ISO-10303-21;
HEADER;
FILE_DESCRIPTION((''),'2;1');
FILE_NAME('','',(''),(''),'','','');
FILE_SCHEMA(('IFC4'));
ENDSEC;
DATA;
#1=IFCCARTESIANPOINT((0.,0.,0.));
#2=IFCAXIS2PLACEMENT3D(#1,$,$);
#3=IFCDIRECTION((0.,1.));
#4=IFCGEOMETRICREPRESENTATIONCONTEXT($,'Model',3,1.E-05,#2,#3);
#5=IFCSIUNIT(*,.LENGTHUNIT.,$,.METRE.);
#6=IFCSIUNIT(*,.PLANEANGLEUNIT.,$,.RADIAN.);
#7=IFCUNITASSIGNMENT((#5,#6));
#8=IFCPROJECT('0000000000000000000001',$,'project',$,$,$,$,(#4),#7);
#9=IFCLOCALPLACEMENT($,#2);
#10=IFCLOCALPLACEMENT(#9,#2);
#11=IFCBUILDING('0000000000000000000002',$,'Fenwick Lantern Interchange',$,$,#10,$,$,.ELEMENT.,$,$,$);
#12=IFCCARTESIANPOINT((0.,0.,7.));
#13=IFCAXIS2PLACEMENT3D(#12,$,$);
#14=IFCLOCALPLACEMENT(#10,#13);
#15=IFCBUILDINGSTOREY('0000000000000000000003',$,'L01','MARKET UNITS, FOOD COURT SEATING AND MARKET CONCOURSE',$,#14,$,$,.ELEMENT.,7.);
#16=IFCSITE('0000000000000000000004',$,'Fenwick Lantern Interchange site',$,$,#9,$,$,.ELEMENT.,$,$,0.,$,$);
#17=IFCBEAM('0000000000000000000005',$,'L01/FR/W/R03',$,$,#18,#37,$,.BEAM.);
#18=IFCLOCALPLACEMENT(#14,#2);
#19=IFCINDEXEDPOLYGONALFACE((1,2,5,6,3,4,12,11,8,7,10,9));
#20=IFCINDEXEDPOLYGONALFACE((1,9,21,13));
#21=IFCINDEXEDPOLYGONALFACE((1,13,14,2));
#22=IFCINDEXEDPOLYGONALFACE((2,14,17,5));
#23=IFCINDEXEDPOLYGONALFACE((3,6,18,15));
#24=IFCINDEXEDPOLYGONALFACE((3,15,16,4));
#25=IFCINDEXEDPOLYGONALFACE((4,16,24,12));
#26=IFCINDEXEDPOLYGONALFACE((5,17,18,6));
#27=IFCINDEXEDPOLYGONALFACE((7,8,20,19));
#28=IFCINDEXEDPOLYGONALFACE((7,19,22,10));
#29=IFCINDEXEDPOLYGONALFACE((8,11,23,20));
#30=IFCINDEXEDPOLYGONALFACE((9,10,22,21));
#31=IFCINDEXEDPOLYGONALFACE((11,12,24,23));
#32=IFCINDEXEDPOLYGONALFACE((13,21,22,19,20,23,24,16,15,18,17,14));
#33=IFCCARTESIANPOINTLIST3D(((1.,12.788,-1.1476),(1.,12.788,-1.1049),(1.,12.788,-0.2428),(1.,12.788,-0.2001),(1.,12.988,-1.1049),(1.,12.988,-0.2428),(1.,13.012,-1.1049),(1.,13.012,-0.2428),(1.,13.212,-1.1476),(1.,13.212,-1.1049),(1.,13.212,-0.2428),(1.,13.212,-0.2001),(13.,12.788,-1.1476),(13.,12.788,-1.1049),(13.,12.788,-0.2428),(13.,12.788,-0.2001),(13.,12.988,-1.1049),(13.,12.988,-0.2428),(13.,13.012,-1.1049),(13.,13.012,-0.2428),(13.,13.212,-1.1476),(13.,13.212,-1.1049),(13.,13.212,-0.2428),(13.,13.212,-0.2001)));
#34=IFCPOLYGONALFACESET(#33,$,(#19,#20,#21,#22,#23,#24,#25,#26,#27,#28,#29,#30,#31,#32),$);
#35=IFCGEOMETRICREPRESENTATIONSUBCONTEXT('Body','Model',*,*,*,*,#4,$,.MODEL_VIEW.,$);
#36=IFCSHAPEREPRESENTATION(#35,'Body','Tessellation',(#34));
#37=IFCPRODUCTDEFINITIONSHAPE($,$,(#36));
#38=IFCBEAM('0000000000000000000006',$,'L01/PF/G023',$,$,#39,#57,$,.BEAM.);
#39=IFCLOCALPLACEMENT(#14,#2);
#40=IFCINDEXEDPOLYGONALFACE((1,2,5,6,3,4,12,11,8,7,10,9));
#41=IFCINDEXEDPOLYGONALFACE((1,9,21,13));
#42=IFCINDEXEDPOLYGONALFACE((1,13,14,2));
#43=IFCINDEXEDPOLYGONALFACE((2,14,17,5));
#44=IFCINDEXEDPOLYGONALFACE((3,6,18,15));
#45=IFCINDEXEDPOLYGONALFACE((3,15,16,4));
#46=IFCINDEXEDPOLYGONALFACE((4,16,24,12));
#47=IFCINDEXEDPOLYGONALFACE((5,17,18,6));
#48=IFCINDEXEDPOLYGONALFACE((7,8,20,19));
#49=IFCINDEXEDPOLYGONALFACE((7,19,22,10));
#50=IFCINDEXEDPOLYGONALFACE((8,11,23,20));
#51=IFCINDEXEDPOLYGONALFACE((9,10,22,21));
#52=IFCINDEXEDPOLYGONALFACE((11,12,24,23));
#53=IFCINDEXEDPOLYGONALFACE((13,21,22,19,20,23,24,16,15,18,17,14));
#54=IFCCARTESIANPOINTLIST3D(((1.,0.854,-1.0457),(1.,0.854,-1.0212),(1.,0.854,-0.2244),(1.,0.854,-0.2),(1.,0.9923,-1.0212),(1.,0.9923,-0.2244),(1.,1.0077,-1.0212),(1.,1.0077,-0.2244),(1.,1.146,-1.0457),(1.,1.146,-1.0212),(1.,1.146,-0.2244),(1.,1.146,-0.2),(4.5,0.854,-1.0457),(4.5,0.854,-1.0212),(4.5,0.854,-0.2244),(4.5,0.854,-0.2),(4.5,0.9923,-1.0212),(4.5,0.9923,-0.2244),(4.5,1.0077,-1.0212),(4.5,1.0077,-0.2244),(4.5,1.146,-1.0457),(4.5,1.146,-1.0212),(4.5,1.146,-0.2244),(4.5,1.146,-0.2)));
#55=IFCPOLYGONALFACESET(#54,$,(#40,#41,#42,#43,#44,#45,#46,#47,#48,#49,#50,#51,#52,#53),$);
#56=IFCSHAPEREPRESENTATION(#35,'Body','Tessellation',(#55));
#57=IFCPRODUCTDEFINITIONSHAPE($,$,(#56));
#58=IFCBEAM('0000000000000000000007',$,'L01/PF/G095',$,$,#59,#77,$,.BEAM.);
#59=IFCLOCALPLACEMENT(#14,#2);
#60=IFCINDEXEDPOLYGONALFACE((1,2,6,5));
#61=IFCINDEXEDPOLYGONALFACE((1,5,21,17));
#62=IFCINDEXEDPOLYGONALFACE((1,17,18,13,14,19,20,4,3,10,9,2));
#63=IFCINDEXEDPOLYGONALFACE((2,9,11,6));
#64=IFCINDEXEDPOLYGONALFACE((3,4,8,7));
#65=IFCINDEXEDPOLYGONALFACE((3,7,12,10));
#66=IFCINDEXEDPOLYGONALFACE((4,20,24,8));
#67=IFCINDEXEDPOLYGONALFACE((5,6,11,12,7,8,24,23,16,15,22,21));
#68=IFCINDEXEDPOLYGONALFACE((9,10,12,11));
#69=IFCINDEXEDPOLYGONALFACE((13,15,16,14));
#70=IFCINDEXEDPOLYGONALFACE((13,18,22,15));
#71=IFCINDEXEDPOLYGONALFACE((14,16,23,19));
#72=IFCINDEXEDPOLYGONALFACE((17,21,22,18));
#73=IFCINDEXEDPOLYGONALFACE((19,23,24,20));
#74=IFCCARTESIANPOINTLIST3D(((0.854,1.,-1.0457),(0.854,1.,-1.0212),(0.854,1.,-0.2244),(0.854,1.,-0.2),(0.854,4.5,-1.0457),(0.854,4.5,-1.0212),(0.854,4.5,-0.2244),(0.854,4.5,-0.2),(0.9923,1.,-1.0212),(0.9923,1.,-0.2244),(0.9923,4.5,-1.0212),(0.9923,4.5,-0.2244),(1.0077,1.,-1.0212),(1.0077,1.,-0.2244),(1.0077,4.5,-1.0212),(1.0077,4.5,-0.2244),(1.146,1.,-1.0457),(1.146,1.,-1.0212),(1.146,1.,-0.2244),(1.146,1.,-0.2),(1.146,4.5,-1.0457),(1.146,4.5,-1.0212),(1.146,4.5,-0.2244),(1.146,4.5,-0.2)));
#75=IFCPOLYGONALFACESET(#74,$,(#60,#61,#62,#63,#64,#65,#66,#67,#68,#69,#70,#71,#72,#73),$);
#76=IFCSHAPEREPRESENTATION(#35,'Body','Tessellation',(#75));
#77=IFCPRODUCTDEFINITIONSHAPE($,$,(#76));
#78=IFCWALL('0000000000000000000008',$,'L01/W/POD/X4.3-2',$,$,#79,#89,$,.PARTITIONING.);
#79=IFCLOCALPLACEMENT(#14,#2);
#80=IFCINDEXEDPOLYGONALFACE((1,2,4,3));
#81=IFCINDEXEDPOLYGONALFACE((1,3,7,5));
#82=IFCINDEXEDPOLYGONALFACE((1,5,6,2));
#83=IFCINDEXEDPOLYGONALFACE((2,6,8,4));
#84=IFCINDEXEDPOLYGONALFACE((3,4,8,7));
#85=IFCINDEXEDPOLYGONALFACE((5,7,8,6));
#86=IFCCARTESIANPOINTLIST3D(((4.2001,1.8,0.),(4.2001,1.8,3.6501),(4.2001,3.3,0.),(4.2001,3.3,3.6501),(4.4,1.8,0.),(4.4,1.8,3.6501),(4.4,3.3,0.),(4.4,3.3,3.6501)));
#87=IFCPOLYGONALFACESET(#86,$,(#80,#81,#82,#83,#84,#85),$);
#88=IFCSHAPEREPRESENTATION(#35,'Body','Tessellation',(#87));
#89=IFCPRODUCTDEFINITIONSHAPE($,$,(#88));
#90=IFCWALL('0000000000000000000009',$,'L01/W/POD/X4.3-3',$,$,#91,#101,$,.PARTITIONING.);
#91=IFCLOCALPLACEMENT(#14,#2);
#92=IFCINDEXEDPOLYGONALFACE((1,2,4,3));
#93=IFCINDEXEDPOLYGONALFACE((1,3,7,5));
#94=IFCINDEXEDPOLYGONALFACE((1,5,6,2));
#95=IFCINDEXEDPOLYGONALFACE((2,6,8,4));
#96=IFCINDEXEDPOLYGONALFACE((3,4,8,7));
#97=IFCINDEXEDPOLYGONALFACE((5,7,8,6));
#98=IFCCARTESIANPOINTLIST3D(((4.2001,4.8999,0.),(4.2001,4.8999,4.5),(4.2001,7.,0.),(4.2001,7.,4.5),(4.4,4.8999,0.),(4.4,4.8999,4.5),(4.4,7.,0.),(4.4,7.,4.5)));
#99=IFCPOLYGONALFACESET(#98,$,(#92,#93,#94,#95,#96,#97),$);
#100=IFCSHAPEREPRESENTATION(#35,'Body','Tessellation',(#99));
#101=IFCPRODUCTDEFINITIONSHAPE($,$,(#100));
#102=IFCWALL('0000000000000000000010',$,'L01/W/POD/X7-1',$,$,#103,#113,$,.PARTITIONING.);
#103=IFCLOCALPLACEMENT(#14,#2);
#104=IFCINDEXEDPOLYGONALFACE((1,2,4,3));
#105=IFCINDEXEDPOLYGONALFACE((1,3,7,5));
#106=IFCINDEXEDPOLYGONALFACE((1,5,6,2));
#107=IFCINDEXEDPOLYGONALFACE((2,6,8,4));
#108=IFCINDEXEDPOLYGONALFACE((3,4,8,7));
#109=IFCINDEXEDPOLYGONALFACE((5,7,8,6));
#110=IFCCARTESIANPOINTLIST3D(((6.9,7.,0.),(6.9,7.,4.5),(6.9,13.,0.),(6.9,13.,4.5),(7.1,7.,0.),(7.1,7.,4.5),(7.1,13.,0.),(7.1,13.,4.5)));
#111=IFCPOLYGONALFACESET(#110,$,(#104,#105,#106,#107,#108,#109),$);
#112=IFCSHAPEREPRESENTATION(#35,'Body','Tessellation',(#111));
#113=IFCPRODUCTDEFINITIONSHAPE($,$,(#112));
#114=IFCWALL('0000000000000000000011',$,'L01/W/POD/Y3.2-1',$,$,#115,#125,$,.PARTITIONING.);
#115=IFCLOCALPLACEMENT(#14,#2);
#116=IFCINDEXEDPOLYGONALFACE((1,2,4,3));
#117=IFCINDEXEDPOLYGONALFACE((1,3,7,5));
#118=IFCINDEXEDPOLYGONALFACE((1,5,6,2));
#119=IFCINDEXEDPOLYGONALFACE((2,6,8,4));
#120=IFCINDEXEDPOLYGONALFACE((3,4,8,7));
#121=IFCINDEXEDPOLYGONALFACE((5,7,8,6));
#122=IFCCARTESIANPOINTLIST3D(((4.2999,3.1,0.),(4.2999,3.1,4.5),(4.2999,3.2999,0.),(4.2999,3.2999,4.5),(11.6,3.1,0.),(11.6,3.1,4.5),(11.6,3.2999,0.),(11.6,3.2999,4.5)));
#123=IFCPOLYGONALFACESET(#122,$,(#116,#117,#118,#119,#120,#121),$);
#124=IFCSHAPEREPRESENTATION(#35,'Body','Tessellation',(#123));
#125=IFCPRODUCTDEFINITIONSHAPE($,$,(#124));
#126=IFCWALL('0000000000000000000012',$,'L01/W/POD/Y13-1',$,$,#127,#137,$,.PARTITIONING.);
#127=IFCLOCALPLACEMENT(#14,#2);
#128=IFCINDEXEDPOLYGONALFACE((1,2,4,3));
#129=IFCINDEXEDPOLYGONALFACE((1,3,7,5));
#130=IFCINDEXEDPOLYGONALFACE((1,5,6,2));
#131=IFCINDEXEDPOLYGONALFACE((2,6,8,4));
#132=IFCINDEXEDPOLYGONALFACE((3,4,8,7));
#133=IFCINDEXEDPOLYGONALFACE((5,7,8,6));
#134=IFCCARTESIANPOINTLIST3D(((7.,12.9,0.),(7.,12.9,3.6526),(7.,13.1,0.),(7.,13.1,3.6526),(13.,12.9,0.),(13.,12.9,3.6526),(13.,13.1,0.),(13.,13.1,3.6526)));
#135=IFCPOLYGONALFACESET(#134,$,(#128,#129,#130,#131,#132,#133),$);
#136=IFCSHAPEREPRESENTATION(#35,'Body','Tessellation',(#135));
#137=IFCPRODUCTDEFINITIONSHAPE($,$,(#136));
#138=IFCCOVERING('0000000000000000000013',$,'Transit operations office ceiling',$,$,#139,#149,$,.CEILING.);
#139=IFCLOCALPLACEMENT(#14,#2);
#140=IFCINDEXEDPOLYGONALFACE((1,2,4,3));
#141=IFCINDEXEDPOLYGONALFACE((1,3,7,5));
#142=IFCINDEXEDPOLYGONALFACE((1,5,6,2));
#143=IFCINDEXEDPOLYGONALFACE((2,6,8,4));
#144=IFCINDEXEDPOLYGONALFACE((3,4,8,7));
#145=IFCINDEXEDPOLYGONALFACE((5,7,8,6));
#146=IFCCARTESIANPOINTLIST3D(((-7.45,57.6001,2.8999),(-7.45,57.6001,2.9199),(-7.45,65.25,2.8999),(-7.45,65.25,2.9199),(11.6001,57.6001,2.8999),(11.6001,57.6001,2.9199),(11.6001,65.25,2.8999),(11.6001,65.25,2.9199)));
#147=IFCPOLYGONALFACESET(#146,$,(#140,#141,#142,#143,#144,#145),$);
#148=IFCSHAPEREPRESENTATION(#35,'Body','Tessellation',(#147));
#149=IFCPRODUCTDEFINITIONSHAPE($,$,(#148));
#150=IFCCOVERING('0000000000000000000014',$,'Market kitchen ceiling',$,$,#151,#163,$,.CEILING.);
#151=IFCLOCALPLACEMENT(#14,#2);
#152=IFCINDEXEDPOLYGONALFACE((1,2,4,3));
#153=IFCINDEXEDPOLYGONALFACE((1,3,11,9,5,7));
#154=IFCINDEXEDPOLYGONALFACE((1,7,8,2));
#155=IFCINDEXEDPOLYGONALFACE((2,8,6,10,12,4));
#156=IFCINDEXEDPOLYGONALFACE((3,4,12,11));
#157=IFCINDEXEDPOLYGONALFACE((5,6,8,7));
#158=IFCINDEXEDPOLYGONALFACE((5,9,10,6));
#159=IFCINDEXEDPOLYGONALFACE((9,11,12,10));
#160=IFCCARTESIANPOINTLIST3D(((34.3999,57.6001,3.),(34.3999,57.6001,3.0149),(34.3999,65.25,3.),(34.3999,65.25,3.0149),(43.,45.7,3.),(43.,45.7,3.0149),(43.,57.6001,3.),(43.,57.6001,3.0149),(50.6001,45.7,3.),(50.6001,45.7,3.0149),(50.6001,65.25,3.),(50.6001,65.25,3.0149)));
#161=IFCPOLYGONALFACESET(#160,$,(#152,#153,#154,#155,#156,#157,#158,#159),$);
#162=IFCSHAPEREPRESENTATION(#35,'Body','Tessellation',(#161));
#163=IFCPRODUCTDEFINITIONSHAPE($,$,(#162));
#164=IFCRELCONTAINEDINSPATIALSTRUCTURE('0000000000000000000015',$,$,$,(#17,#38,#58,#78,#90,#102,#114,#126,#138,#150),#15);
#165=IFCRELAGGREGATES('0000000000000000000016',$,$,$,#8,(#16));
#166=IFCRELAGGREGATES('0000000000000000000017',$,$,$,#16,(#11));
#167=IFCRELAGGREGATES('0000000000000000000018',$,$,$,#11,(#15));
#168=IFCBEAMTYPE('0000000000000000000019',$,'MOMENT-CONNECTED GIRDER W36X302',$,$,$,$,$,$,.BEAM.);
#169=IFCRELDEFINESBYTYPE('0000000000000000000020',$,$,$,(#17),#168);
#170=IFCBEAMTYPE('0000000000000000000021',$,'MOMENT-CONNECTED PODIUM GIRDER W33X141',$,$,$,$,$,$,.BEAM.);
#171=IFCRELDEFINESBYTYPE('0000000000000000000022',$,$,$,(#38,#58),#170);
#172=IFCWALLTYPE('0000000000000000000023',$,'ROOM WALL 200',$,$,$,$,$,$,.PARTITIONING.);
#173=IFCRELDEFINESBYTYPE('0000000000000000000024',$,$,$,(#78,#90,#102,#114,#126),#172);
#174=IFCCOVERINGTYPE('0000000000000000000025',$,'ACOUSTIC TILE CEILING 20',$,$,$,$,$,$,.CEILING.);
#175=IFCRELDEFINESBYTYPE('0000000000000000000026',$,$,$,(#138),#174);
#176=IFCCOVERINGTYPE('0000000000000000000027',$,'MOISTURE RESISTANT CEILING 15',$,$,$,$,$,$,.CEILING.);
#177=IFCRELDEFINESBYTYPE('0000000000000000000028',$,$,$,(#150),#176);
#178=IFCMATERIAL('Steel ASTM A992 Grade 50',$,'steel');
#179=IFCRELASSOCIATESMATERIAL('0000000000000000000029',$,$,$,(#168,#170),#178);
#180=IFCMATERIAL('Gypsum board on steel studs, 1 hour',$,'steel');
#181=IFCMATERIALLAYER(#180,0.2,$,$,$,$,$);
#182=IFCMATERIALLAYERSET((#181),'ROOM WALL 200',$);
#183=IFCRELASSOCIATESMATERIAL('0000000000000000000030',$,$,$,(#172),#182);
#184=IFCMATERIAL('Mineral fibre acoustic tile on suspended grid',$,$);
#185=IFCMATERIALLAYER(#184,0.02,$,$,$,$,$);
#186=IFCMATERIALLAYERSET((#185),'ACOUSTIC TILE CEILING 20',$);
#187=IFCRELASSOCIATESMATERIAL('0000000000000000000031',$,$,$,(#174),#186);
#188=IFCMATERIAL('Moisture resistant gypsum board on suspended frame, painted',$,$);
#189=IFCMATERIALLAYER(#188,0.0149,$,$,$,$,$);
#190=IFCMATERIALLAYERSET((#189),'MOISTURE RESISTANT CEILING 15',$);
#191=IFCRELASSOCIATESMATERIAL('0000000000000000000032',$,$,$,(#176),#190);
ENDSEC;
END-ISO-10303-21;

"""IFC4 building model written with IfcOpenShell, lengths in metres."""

from ifc_helpers import new_model, si_unit, direction, frame, frame_2d, origin, origin_2d, place, context, subcontext, project, spatial, polyline, rectangle, i_section, outline, extrude, material, layer, layer_set, material_profile, profile_set, type_object, element, save


model = new_model("IFC4")

# Units and contexts
model_context = context("Model", 3, precision=1e-05, world=origin(), true_north=direction((0.0, 1.0)))
body_context = subcontext(model_context, "Body", "Model", "MODEL_VIEW")
ifc_project = project(units=[si_unit("LENGTHUNIT", "METRE"), si_unit("PLANEANGLEUNIT", "RADIAN")], contexts=[model_context])

# Site, building, storey
site_placement = place(None, origin())
site = spatial("IfcSite", under=ifc_project, at=site_placement, Name="Fenwick Lantern Interchange site", CompositionType="ELEMENT", RefElevation=0.0)
building_placement = place(site_placement, origin())
building = spatial("IfcBuilding", under=site, at=building_placement, Name="Fenwick Lantern Interchange", CompositionType="ELEMENT")
storey_placement = place(building_placement, frame((0.0, 0.0, 7.0)))
storey = spatial("IfcBuildingStorey", under=building, at=storey_placement, Name="L01", Description="MARKET UNITS, FOOD COURT SEATING AND MARKET CONCOURSE", CompositionType="ELEMENT", Elevation=7.0)

# Shared definitions
ifc_material_1 = material(Name="Steel ASTM A992 Grade 50", Category="steel")

# Beams
ifc_material_profile_1 = material_profile(ifc_material_1, i_section(OverallWidth=0.4241, OverallDepth=0.9475, WebThickness=0.0239, FlangeThickness=0.0427, at=origin_2d()), Name="W36X302")
ifc_profile_set_1 = profile_set([ifc_material_profile_1], Name="Steel ASTM A992 Grade 50")
beam_type_1 = type_object("IfcBeamType", Name="MOMENT-CONNECTED GIRDER W36X302", PredefinedType="BEAM", material=ifc_profile_set_1)
beam_1_placement = place(storey_placement, frame((1.0, 13.0, -0.6738), z_axis=(1.0, 0.0, 0.0), x_axis=(0.0, 1.0, 0.0)))
element("IfcBeam", 1, at=beam_1_placement, inside=storey, type_object=beam_type_1, Name="L01/FR/W/R03", PredefinedType="BEAM", context=body_context, shape_type="SweptSolid", body=[
    extrude(i_section(OverallWidth=0.4241, OverallDepth=0.9475, WebThickness=0.0239, FlangeThickness=0.0427, at=origin_2d()), origin(), (0.0, 0.0, 1.0), 12.0),
])
ifc_material_profile_2 = material_profile(ifc_material_1, i_section(OverallWidth=0.292, OverallDepth=0.8457, WebThickness=0.0154, FlangeThickness=0.0244, at=origin_2d()), Name="W33X141")
ifc_profile_set_2 = profile_set([ifc_material_profile_2], Name="Steel ASTM A992 Grade 50")
beam_type_2 = type_object("IfcBeamType", Name="MOMENT-CONNECTED PODIUM GIRDER W33X141", PredefinedType="BEAM", material=ifc_profile_set_2)
for number, where, z_axis, x_axis, name in (
    (2, (1.0, 1.0, -0.6228), (1.0, 0.0, 0.0), (0.0, 1.0, 0.0), "L01/PF/G023"),
    (3, (1.0, 1.0, -0.6228), (0.0, 1.0, 0.0), (-1.0, 0.0, 0.0), "L01/PF/G095"),
):
    element("IfcBeam", number, at=place(storey_placement, frame(where, z_axis=z_axis, x_axis=x_axis)), inside=storey, type_object=beam_type_2, Name=name, PredefinedType="BEAM", context=body_context, shape_type="SweptSolid", body=[
        extrude(i_section(OverallWidth=0.292, OverallDepth=0.8457, WebThickness=0.0154, FlangeThickness=0.0244, at=origin_2d()), origin(), (0.0, 0.0, 1.0), 3.5),
    ])

# Walls
ifc_material_2 = material(Name="Gypsum board on steel studs, 1 hour", Category="steel")
ifc_layer_1 = layer(ifc_material_2, 0.2)
ifc_layer_set_1 = layer_set([ifc_layer_1], Name="ROOM WALL 200")
wall_type = type_object("IfcWallType", Name="ROOM WALL 200", PredefinedType="PARTITIONING", material=ifc_layer_set_1)
wall_1_placement = place(storey_placement, frame((4.3, 1.8, 0.0), z_axis=(0.0, 0.0, 1.0), x_axis=(0.0, 1.0, 0.0)))
element("IfcWall", 4, at=wall_1_placement, inside=storey, type_object=wall_type, Name="L01/W/POD/X4.3-2", PredefinedType="PARTITIONING", context=body_context, shape_type="SweptSolid", body=[
    extrude(rectangle(XDim=1.5, YDim=0.2, at=frame_2d((0.75, 0.0))), origin(), (0.0, 0.0, 1.0), 3.6501),
])
wall_2_placement = place(storey_placement, frame((4.3, 4.8999, 0.0), z_axis=(0.0, 0.0, 1.0), x_axis=(0.0, 1.0, 0.0)))
element("IfcWall", 5, at=wall_2_placement, inside=storey, type_object=wall_type, Name="L01/W/POD/X4.3-3", PredefinedType="PARTITIONING", context=body_context, shape_type="SweptSolid", body=[
    extrude(rectangle(XDim=2.1001, YDim=0.2, at=frame_2d((1.05, 0.0))), origin(), (0.0, 0.0, 1.0), 4.5),
])
wall_3_placement = place(storey_placement, frame((7.0, 7.0, 0.0), z_axis=(0.0, 0.0, 1.0), x_axis=(0.0, 1.0, 0.0)))
element("IfcWall", 6, at=wall_3_placement, inside=storey, type_object=wall_type, Name="L01/W/POD/X7-1", PredefinedType="PARTITIONING", context=body_context, shape_type="SweptSolid", body=[
    extrude(rectangle(XDim=6.0, YDim=0.2, at=frame_2d((3.0, 0.0))), origin(), (0.0, 0.0, 1.0), 4.5),
])
wall_4_placement = place(storey_placement, frame((4.3, 3.2, 0.0), z_axis=(0.0, 0.0, 1.0), x_axis=(1.0, 0.0, 0.0)))
element("IfcWall", 7, at=wall_4_placement, inside=storey, type_object=wall_type, Name="L01/W/POD/Y3.2-1", PredefinedType="PARTITIONING", context=body_context, shape_type="SweptSolid", body=[
    extrude(rectangle(XDim=7.3, YDim=0.2, at=frame_2d((3.6499, 0.0))), origin(), (0.0, 0.0, 1.0), 4.5),
])
wall_5_placement = place(storey_placement, frame((7.0, 13.0, 0.0), z_axis=(0.0, 0.0, 1.0), x_axis=(1.0, 0.0, 0.0)))
element("IfcWall", 8, at=wall_5_placement, inside=storey, type_object=wall_type, Name="L01/W/POD/Y13-1", PredefinedType="PARTITIONING", context=body_context, shape_type="SweptSolid", body=[
    extrude(rectangle(XDim=6.0, YDim=0.2, at=frame_2d((3.0, 0.0))), origin(), (0.0, 0.0, 1.0), 3.6526),
])

# Coverings
ifc_material_3 = material(Name="Mineral fibre acoustic tile on suspended grid")
ifc_layer_2 = layer(ifc_material_3, 0.02)
ifc_layer_set_2 = layer_set([ifc_layer_2], Name="ACOUSTIC TILE CEILING 20")
covering_type_1 = type_object("IfcCoveringType", Name="ACOUSTIC TILE CEILING 20", PredefinedType="CEILING", material=ifc_layer_set_2)
covering_1_placement = place(storey_placement, frame((0.0, 0.0, 2.8999)))
element("IfcCovering", 9, at=covering_1_placement, inside=storey, type_object=covering_type_1, Name="Transit operations office ceiling", PredefinedType="CEILING", context=body_context, shape_type="SweptSolid", body=[
    extrude(outline(polyline([(11.6001, 57.6001), (11.6001, 65.25), (-7.45, 65.25), (-7.45, 57.6001), (11.6001, 57.6001)])), origin(), (0.0, 0.0, 1.0), 0.02),
])
ifc_material_4 = material(Name="Moisture resistant gypsum board on suspended frame, painted")
ifc_layer_3 = layer(ifc_material_4, 0.0149)
ifc_layer_set_3 = layer_set([ifc_layer_3], Name="MOISTURE RESISTANT CEILING 15")
covering_type_2 = type_object("IfcCoveringType", Name="MOISTURE RESISTANT CEILING 15", PredefinedType="CEILING", material=ifc_layer_set_3)
covering_2_placement = place(storey_placement, frame((0.0, 0.0, 3.0)))
element("IfcCovering", 10, at=covering_2_placement, inside=storey, type_object=covering_type_2, Name="Market kitchen ceiling", PredefinedType="CEILING", context=body_context, shape_type="SweptSolid", body=[
    extrude(outline(polyline([(43.0, 45.7), (50.6001, 45.7), (50.6001, 65.25), (34.3999, 65.25), (34.3999, 57.6001), (43.0, 57.6001), (43.0, 45.7)])), origin(), (0.0, 0.0, 1.0), 0.0149),
])

save(model, "model.ifc")
